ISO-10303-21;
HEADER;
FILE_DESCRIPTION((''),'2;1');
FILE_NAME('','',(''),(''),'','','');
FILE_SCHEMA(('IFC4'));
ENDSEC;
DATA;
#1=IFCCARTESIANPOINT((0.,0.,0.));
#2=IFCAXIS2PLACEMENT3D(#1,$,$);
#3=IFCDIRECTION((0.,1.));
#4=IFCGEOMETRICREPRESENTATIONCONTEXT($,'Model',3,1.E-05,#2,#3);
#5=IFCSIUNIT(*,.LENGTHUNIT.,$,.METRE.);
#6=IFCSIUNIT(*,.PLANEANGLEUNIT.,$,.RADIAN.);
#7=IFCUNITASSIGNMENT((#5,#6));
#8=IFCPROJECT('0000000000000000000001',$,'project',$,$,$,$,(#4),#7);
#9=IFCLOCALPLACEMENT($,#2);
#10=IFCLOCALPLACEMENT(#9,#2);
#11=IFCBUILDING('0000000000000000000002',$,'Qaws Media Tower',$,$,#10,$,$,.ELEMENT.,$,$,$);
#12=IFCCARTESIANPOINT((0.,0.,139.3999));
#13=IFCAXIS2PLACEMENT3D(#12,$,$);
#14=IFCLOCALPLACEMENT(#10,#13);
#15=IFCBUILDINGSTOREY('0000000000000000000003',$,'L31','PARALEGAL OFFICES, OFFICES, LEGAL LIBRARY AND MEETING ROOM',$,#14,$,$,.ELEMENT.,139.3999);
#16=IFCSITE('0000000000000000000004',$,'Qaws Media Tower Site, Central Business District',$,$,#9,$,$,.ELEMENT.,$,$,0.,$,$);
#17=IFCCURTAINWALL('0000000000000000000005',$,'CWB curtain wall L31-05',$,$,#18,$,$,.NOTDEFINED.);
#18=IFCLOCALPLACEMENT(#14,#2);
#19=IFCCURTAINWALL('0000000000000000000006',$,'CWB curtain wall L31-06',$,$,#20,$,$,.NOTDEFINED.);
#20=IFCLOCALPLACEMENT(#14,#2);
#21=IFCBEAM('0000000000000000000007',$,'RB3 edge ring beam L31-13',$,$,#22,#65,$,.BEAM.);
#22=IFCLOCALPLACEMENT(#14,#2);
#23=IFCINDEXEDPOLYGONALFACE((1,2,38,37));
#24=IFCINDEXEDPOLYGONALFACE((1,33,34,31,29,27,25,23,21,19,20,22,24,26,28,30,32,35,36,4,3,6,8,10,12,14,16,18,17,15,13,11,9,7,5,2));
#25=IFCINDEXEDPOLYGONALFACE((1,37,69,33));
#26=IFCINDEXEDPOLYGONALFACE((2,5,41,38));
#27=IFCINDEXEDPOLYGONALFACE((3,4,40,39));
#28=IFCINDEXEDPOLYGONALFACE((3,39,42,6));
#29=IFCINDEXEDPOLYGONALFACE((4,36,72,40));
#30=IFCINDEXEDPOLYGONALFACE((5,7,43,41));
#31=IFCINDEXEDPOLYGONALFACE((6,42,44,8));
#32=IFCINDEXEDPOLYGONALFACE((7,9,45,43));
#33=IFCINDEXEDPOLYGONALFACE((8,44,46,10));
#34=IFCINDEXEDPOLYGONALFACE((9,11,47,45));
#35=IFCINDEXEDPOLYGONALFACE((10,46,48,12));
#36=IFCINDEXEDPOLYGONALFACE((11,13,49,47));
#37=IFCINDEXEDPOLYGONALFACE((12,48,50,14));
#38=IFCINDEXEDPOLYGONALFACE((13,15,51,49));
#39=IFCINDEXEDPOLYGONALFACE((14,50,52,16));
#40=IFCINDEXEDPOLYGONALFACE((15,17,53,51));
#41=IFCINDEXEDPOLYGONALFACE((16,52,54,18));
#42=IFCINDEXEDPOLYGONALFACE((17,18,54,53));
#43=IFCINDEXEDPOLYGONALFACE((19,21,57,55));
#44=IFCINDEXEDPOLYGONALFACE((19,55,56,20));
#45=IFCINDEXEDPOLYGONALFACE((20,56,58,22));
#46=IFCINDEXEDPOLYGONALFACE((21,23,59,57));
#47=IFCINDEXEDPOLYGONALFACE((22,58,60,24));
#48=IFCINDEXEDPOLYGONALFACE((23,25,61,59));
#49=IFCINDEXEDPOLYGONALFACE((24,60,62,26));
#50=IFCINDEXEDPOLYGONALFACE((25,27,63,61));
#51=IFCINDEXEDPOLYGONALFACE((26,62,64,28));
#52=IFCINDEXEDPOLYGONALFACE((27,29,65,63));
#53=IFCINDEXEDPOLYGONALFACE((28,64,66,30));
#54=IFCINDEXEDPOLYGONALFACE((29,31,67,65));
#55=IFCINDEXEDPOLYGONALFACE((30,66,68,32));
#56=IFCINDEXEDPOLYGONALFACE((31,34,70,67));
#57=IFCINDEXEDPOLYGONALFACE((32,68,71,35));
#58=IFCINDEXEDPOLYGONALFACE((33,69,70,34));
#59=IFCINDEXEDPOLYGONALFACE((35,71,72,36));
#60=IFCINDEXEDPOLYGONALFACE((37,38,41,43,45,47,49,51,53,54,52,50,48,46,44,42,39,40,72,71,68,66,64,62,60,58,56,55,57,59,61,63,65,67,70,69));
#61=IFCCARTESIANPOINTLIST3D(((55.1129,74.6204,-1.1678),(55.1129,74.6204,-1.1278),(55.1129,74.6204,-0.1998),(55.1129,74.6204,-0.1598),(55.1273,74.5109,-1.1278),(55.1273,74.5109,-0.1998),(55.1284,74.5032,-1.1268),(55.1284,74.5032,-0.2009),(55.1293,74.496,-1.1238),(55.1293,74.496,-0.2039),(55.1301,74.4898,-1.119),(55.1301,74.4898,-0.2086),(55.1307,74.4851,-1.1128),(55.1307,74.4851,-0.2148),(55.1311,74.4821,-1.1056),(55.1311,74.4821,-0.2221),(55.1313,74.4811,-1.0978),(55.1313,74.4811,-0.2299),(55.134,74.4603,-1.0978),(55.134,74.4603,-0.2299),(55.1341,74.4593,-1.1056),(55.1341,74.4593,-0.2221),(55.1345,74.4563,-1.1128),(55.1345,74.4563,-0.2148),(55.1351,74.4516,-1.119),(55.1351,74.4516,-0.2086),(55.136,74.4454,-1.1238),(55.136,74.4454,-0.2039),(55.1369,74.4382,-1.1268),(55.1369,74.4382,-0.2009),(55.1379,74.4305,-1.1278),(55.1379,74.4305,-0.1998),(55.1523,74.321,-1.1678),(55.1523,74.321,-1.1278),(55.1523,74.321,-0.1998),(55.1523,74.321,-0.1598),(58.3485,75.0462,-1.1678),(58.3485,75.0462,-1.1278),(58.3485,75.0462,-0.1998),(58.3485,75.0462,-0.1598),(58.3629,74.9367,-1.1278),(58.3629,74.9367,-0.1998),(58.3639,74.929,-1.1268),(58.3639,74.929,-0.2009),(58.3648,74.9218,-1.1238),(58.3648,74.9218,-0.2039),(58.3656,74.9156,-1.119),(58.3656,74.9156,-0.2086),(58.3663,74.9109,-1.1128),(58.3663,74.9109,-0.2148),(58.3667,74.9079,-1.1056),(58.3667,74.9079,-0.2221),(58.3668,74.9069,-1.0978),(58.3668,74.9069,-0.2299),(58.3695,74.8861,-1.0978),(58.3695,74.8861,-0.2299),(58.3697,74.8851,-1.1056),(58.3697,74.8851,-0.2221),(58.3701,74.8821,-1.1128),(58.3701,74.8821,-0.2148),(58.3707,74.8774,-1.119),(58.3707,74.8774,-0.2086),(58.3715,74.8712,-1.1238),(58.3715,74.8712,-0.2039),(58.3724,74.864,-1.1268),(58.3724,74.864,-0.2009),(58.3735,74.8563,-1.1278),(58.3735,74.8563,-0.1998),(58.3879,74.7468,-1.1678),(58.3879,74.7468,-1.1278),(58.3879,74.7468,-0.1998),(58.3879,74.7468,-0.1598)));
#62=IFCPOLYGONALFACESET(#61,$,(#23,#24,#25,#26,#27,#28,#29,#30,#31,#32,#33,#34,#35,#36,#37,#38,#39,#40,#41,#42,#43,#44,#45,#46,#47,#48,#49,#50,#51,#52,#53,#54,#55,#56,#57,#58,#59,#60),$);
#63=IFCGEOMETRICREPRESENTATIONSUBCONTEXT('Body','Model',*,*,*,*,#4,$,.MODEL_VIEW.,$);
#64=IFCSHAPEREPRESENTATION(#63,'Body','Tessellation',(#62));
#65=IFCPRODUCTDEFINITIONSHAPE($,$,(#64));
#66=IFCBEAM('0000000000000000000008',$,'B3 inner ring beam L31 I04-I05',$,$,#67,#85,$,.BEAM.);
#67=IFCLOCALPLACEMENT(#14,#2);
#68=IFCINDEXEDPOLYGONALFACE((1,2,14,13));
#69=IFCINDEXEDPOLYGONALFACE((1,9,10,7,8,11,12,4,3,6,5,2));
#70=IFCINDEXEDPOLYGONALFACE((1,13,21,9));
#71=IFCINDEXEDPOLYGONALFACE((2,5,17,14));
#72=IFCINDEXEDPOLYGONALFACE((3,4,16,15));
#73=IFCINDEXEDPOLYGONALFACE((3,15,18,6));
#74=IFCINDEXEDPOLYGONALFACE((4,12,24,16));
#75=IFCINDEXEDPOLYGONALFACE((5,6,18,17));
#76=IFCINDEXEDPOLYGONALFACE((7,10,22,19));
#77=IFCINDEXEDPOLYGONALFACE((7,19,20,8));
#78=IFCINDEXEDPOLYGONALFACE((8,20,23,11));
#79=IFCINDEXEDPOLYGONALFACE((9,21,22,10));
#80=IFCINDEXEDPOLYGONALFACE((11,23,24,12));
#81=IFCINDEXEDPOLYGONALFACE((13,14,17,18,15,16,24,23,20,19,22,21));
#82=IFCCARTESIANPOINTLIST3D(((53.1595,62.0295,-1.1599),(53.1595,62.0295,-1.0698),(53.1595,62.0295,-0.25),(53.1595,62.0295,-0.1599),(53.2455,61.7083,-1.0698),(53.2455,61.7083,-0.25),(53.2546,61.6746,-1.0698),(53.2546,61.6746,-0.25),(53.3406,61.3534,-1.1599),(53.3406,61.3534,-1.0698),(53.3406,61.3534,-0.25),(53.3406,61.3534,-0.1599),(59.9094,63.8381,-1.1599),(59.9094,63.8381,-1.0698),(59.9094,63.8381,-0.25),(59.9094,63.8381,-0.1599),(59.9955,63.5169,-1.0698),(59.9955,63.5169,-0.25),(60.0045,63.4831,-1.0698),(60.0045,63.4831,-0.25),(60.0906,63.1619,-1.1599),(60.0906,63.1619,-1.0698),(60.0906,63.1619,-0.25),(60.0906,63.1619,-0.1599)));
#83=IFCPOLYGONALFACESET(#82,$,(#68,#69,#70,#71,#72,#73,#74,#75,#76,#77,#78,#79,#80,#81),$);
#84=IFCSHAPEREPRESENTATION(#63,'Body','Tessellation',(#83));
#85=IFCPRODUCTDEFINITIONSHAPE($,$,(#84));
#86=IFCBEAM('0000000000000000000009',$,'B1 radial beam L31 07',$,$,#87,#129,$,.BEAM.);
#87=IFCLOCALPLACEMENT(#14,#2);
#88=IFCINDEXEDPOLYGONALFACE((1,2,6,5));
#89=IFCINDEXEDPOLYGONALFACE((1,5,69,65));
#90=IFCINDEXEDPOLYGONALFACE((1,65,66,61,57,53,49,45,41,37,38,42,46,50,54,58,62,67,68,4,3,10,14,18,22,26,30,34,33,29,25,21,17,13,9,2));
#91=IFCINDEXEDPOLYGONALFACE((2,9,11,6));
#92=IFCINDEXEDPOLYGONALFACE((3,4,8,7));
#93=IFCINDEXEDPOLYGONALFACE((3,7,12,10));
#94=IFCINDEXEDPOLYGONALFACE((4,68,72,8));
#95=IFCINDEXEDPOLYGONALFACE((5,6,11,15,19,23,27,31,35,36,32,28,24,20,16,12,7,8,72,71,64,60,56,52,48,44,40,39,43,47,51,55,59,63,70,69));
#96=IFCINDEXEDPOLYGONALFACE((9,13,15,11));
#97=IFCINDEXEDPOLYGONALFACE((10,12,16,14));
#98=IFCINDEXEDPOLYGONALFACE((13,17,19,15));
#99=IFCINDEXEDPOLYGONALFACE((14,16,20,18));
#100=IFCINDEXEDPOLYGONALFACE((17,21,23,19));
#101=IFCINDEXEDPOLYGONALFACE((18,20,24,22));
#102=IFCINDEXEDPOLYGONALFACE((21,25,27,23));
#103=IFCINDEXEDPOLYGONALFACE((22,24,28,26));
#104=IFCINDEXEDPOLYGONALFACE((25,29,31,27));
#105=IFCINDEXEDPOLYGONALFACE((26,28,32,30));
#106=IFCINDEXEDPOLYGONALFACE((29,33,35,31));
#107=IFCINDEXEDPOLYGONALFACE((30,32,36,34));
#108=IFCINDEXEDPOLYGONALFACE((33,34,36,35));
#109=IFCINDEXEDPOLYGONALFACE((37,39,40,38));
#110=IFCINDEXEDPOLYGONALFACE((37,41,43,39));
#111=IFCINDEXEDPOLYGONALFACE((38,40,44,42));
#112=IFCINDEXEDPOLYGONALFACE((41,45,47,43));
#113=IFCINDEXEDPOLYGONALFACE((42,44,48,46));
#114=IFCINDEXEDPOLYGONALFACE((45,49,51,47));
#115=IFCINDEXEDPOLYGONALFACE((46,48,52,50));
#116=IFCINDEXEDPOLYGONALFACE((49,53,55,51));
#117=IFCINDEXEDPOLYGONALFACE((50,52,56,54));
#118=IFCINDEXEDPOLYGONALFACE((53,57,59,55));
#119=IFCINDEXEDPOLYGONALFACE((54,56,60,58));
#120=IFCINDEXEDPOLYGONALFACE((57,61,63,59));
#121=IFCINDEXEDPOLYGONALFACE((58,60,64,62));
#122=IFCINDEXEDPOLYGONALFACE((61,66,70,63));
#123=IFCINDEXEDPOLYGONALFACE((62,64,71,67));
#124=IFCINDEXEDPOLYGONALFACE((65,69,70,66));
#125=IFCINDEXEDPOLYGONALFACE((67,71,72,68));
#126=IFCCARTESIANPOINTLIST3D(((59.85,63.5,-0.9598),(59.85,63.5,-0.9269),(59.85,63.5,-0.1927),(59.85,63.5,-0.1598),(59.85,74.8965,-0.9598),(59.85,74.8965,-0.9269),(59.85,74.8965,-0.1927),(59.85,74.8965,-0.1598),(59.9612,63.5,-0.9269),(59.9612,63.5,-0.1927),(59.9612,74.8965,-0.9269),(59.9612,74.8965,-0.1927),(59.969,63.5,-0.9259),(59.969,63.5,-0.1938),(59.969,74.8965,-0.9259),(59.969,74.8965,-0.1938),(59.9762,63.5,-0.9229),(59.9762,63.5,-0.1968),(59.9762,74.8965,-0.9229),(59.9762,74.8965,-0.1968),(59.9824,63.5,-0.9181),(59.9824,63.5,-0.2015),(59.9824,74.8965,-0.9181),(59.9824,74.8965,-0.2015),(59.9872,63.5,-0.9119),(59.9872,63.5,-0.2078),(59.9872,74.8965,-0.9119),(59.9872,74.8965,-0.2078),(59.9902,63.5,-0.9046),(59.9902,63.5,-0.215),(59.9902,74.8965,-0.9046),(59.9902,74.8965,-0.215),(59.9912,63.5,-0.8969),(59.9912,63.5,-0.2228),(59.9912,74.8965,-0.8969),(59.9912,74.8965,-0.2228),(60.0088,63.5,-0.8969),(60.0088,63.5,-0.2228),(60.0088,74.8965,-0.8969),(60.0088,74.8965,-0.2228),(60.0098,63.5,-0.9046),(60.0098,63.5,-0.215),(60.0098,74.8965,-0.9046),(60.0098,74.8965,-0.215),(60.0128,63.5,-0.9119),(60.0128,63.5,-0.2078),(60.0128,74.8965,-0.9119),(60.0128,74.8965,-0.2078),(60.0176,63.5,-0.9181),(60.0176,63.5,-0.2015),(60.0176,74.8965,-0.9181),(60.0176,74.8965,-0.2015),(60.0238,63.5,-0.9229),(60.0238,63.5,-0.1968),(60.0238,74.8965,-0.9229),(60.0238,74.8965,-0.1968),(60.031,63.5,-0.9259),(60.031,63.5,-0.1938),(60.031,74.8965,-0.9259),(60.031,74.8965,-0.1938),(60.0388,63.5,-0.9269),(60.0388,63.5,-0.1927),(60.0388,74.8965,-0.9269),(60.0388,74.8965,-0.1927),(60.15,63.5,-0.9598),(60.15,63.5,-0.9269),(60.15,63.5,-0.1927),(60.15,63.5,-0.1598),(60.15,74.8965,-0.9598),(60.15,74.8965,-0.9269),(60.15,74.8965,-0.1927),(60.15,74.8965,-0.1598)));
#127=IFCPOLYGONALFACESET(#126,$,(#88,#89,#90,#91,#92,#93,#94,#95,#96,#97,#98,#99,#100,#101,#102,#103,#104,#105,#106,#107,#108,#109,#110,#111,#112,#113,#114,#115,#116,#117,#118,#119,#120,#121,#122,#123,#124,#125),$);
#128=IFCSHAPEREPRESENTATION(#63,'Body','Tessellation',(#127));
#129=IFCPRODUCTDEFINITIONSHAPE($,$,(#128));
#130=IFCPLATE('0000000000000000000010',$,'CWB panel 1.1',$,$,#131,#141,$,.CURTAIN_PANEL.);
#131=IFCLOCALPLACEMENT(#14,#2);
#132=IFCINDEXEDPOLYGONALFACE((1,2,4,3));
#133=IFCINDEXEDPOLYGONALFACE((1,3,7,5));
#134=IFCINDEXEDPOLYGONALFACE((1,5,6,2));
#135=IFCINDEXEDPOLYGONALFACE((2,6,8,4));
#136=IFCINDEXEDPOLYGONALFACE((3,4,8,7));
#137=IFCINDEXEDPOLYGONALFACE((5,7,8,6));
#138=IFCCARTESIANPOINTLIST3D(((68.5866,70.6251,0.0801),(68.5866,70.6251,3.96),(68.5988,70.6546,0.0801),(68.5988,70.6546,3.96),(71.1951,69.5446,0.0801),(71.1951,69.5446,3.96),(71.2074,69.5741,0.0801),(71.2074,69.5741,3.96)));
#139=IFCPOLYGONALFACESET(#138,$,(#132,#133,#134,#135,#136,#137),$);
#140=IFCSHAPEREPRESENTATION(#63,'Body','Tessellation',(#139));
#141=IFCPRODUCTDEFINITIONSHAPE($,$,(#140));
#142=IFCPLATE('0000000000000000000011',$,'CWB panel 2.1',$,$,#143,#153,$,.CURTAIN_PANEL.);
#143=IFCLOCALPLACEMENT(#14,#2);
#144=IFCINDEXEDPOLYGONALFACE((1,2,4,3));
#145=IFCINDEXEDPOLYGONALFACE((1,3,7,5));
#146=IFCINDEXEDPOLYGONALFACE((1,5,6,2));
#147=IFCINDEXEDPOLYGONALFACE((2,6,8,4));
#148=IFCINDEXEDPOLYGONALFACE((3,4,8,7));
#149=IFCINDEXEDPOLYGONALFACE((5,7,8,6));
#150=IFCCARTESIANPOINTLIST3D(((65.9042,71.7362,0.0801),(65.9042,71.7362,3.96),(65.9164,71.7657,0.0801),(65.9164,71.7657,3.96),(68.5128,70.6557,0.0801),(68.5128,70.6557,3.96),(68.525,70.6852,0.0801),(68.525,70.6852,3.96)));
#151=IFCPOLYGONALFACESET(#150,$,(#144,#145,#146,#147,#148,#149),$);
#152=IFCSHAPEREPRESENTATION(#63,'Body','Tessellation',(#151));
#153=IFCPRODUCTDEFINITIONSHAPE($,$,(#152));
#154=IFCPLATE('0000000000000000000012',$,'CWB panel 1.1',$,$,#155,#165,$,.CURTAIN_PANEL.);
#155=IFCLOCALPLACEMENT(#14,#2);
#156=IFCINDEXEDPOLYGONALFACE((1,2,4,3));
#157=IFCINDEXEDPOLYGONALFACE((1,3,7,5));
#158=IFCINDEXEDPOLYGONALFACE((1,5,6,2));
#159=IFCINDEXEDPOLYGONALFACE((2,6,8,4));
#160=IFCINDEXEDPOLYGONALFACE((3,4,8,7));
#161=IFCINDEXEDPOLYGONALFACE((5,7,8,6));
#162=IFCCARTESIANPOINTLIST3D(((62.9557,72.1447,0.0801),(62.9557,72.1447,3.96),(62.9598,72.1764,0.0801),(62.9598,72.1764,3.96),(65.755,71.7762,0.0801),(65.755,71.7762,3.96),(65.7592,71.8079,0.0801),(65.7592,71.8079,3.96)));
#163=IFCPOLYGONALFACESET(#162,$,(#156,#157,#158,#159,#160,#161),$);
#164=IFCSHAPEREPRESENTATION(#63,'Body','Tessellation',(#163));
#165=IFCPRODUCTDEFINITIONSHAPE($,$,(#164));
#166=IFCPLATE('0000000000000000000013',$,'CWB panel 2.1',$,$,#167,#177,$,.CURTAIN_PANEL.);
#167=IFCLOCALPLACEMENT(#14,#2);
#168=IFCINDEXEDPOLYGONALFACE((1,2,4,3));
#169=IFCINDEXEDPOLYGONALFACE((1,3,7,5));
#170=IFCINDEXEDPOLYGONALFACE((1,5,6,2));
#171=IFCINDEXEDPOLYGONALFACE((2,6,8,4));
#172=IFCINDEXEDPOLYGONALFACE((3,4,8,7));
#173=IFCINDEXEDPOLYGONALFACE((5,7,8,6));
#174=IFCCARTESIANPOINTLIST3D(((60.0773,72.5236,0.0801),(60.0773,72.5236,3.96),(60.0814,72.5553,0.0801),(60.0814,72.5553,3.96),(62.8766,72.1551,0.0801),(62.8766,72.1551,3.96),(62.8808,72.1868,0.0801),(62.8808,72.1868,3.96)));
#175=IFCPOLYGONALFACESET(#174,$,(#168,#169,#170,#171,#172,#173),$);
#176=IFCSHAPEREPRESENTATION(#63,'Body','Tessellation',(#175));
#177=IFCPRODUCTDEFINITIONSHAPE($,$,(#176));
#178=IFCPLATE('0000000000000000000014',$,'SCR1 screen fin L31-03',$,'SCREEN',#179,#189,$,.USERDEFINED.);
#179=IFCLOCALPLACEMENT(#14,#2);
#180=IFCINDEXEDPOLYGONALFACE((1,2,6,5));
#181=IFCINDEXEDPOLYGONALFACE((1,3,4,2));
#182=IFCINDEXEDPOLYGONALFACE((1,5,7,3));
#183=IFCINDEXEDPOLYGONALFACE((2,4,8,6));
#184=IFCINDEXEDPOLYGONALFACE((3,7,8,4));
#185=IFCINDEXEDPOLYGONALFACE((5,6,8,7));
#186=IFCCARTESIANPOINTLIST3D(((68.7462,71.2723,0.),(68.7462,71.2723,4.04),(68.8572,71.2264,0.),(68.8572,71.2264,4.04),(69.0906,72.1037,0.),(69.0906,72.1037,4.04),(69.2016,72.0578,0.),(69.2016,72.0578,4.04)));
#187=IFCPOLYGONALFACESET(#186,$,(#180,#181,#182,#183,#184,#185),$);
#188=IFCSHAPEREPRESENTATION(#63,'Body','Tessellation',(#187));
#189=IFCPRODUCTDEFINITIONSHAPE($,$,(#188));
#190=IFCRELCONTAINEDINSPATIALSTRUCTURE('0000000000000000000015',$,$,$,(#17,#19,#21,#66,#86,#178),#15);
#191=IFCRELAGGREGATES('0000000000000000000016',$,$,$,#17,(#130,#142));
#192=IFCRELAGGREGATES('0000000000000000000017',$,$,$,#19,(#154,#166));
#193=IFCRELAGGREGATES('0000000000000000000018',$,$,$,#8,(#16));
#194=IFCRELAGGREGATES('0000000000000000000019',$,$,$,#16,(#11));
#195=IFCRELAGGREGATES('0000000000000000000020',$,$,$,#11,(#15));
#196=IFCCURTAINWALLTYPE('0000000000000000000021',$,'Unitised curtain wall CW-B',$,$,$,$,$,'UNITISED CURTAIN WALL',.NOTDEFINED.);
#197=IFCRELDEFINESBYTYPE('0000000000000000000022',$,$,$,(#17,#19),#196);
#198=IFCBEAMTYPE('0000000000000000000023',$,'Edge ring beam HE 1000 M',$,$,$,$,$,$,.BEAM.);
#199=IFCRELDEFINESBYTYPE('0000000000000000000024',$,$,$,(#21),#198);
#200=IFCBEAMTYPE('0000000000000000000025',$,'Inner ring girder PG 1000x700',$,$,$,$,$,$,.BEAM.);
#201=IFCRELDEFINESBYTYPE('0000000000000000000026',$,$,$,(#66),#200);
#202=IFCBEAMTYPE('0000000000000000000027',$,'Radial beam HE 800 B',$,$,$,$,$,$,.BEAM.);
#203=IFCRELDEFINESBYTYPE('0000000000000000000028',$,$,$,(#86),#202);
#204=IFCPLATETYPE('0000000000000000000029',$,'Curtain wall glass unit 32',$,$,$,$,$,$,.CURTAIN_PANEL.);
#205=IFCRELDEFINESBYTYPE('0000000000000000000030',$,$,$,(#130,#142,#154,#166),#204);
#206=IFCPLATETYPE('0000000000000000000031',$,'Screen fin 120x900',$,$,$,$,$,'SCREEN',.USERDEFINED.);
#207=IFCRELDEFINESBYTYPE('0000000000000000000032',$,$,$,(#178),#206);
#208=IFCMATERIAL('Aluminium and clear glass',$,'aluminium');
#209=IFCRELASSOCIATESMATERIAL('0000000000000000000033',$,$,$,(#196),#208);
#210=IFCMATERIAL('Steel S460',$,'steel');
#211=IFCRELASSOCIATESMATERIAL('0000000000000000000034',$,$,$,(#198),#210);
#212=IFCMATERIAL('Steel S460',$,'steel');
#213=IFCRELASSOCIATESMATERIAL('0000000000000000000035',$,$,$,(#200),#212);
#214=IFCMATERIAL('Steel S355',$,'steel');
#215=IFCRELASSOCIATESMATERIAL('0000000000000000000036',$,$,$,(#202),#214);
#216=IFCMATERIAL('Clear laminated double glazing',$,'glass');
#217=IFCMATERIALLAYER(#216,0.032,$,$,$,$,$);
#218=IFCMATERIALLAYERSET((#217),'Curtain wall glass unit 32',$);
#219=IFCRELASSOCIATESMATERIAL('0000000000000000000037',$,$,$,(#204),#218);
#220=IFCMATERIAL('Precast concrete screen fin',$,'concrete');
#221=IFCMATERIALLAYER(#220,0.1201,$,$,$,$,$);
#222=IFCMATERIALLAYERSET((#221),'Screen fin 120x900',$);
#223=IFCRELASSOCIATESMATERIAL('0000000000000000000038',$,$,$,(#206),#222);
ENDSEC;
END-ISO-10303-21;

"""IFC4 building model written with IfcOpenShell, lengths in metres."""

from ifc_helpers import new_model, si_unit, direction, frame, origin, origin_2d, place, context, subcontext, project, spatial, rectangle, i_section, extrude, material, layer, layer_set, material_profile, profile_set, type_object, element, aggregate, save


model = new_model("IFC4")

# Units and contexts
model_context = context("Model", 3, precision=1e-05, world=origin(), true_north=direction((0.0, 1.0)))
body_context = subcontext(model_context, "Body", "Model", "MODEL_VIEW")
ifc_project = project(units=[si_unit("LENGTHUNIT", "METRE"), si_unit("PLANEANGLEUNIT", "RADIAN")], contexts=[model_context])

# Site, building, storey
site_placement = place(None, origin())
site = spatial("IfcSite", under=ifc_project, at=site_placement, Name="Qaws Media Tower Site, Central Business District", CompositionType="ELEMENT", RefElevation=0.0)
building_placement = place(site_placement, origin())
building = spatial("IfcBuilding", under=site, at=building_placement, Name="Qaws Media Tower", CompositionType="ELEMENT")
storey_placement = place(building_placement, frame((0.0, 0.0, 139.3999)))
storey = spatial("IfcBuildingStorey", under=building, at=storey_placement, Name="L31", Description="PARALEGAL OFFICES, OFFICES, LEGAL LIBRARY AND MEETING ROOM", CompositionType="ELEMENT", Elevation=139.3999)

# Curtain walls
ifc_material_1 = material(Name="Aluminium and clear glass", Category="aluminium")
curtain_wall_type = type_object("IfcCurtainWallType", Name="Unitised curtain wall CW-B", ElementType="UNITISED CURTAIN WALL", PredefinedType="NOTDEFINED", material=ifc_material_1)
curtain_wall_1_placement = place(storey_placement, origin())
curtain_wall_1 = element("IfcCurtainWall", 1, at=curtain_wall_1_placement, inside=storey, type_object=curtain_wall_type, Name="CWB curtain wall L31-05", PredefinedType="NOTDEFINED")
curtain_wall_2_placement = place(storey_placement, origin())
curtain_wall_2 = element("IfcCurtainWall", 2, at=curtain_wall_2_placement, inside=storey, type_object=curtain_wall_type, Name="CWB curtain wall L31-06", PredefinedType="NOTDEFINED")

# Beams
ifc_material_2 = material(Name="Steel S460", Category="steel")
ifc_material_profile_1 = material_profile(ifc_material_2, i_section(OverallWidth=0.302, OverallDepth=1.0081, WebThickness=0.021, FlangeThickness=0.04, FilletRadius=0.03, at=origin_2d()), Name="HE 1000 M")
ifc_profile_set_1 = profile_set([ifc_material_profile_1], Name="Steel S460")
beam_type_1 = type_object("IfcBeamType", Name="Edge ring beam HE 1000 M", PredefinedType="BEAM", material=ifc_profile_set_1)
beam_1_placement = place(storey_placement, frame((58.3682, 74.8965, -0.6638), z_axis=(-0.991453, -0.130468, 0.0), x_axis=(0.130468, -0.991453, 0.0)))
element("IfcBeam", 3, at=beam_1_placement, inside=storey, type_object=beam_type_1, Name="RB3 edge ring beam L31-13", PredefinedType="BEAM", context=body_context, shape_type="SweptSolid", body=[
    extrude(i_section(OverallWidth=0.302, OverallDepth=1.0081, WebThickness=0.021, FlangeThickness=0.04, FilletRadius=0.03, at=origin_2d()), origin(), (0.0, 0.0, 1.0), 3.2634),
])
ifc_material_3 = material(Name="Steel S460", Category="steel")
ifc_material_profile_2 = material_profile(ifc_material_3, i_section(OverallWidth=0.7, OverallDepth=1.0, WebThickness=0.0349, FlangeThickness=0.0901, at=origin_2d()), Name="PG 1000x700")
ifc_profile_set_2 = profile_set([ifc_material_profile_2], Name="Steel S460")
beam_type_2 = type_object("IfcBeamType", Name="Inner ring girder PG 1000x700", PredefinedType="BEAM", material=ifc_profile_set_2)
beam_2_placement = place(storey_placement, frame((60.0, 63.5, -0.6599), z_axis=(-0.965928, -0.258811, 0.0), x_axis=(0.258811, -0.965928, 0.0)))
element("IfcBeam", 4, at=beam_2_placement, inside=storey, type_object=beam_type_2, Name="B3 inner ring beam L31 I04-I05", PredefinedType="BEAM", context=body_context, shape_type="SweptSolid", body=[
    extrude(i_section(OverallWidth=0.7, OverallDepth=1.0, WebThickness=0.0349, FlangeThickness=0.0901, at=origin_2d()), origin(), (0.0, 0.0, 1.0), 6.988),
])
ifc_material_4 = material(Name="Steel S355", Category="steel")
ifc_material_profile_3 = material_profile(ifc_material_4, i_section(OverallWidth=0.3, OverallDepth=0.8, WebThickness=0.0176, FlangeThickness=0.033, FilletRadius=0.03, at=origin_2d()), Name="HE 800 B")
ifc_profile_set_3 = profile_set([ifc_material_profile_3], Name="Steel S355")
beam_type_3 = type_object("IfcBeamType", Name="Radial beam HE 800 B", PredefinedType="BEAM", material=ifc_profile_set_3)
beam_3_placement = place(storey_placement, frame((60.0, 63.5, -0.5598), z_axis=(0.0, 1.0, 0.0), x_axis=(-1.0, 0.0, 0.0)))
element("IfcBeam", 5, at=beam_3_placement, inside=storey, type_object=beam_type_3, Name="B1 radial beam L31 07", PredefinedType="BEAM", context=body_context, shape_type="SweptSolid", body=[
    extrude(i_section(OverallWidth=0.3, OverallDepth=0.8, WebThickness=0.0176, FlangeThickness=0.033, FilletRadius=0.03, at=origin_2d()), origin(), (0.0, 0.0, 1.0), 11.3965),
])

# Plates
ifc_material_5 = material(Name="Clear laminated double glazing", Category="glass")
ifc_layer_1 = layer(ifc_material_5, 0.032)
ifc_layer_set_1 = layer_set([ifc_layer_1], Name="Curtain wall glass unit 32")
plate_type_1 = type_object("IfcPlateType", Name="Curtain wall glass unit 32", PredefinedType="CURTAIN_PANEL", material=ifc_layer_set_1)
plate_1_placement = place(storey_placement, frame((69.897, 70.0996, 0.0801), z_axis=(0.0, 0.0, 1.0), x_axis=(-0.92388, 0.382683, 0.0)))
plate_1 = element("IfcPlate", 6, at=plate_1_placement, type_object=plate_type_1, Name="CWB panel 1.1", PredefinedType="CURTAIN_PANEL", context=body_context, shape_type="SweptSolid", body=[
    extrude(rectangle(XDim=2.8235, YDim=0.032, at=origin_2d()), origin(), (0.0, 0.0, 1.0), 3.8799),
])
plate_2_placement = place(storey_placement, frame((67.2146, 71.2107, 0.0801), z_axis=(0.0, 0.0, 1.0), x_axis=(-0.92388, 0.382683, 0.0)))
plate_2 = element("IfcPlate", 7, at=plate_2_placement, type_object=plate_type_1, Name="CWB panel 2.1", PredefinedType="CURTAIN_PANEL", context=body_context, shape_type="SweptSolid", body=[
    extrude(rectangle(XDim=2.8235, YDim=0.032, at=origin_2d()), origin(), (0.0, 0.0, 1.0), 3.8799),
])
aggregate(curtain_wall_1, [plate_1, plate_2])
plate_3_placement = place(storey_placement, frame((64.3574, 71.9763, 0.0801), z_axis=(0.0, 0.0, 1.0), x_axis=(-0.991445, 0.130526, 0.0)))
plate_3 = element("IfcPlate", 8, at=plate_3_placement, type_object=plate_type_1, Name="CWB panel 1.1", PredefinedType="CURTAIN_PANEL", context=body_context, shape_type="SweptSolid", body=[
    extrude(rectangle(XDim=2.8235, YDim=0.032, at=origin_2d()), origin(), (0.0, 0.0, 1.0), 3.8799),
])
plate_4_placement = place(storey_placement, frame((61.479, 72.3552, 0.0801), z_axis=(0.0, 0.0, 1.0), x_axis=(-0.991445, 0.130526, 0.0)))
plate_4 = element("IfcPlate", 9, at=plate_4_placement, type_object=plate_type_1, Name="CWB panel 2.1", PredefinedType="CURTAIN_PANEL", context=body_context, shape_type="SweptSolid", body=[
    extrude(rectangle(XDim=2.8235, YDim=0.032, at=origin_2d()), origin(), (0.0, 0.0, 1.0), 3.8799),
])
aggregate(curtain_wall_2, [plate_3, plate_4])

# Plate
ifc_material_6 = material(Name="Precast concrete screen fin", Category="concrete")
ifc_layer_2 = layer(ifc_material_6, 0.1201)
ifc_layer_set_2 = layer_set([ifc_layer_2], Name="Screen fin 120x900")
plate_type_2 = type_object("IfcPlateType", Name="Screen fin 120x900", ElementType="SCREEN", PredefinedType="USERDEFINED", material=ifc_layer_set_2)
for number, where, z_axis, x_axis, name in (
    (10, (68.9739, 71.665, 0.0), (0.0, 0.0, 1.0), (0.382683, 0.92388, 0.0), "SCR1 screen fin L31-03"),
):
    element("IfcPlate", number, at=place(storey_placement, frame(where, z_axis=z_axis, x_axis=x_axis)), inside=storey, type_object=plate_type_2, Name=name, ObjectType="SCREEN", PredefinedType="USERDEFINED", context=body_context, shape_type="SweptSolid", body=[
        extrude(rectangle(XDim=0.8999, YDim=0.1201, at=origin_2d()), origin(), (0.0, 0.0, 1.0), 4.04),
    ])

save(model, "model.ifc")
